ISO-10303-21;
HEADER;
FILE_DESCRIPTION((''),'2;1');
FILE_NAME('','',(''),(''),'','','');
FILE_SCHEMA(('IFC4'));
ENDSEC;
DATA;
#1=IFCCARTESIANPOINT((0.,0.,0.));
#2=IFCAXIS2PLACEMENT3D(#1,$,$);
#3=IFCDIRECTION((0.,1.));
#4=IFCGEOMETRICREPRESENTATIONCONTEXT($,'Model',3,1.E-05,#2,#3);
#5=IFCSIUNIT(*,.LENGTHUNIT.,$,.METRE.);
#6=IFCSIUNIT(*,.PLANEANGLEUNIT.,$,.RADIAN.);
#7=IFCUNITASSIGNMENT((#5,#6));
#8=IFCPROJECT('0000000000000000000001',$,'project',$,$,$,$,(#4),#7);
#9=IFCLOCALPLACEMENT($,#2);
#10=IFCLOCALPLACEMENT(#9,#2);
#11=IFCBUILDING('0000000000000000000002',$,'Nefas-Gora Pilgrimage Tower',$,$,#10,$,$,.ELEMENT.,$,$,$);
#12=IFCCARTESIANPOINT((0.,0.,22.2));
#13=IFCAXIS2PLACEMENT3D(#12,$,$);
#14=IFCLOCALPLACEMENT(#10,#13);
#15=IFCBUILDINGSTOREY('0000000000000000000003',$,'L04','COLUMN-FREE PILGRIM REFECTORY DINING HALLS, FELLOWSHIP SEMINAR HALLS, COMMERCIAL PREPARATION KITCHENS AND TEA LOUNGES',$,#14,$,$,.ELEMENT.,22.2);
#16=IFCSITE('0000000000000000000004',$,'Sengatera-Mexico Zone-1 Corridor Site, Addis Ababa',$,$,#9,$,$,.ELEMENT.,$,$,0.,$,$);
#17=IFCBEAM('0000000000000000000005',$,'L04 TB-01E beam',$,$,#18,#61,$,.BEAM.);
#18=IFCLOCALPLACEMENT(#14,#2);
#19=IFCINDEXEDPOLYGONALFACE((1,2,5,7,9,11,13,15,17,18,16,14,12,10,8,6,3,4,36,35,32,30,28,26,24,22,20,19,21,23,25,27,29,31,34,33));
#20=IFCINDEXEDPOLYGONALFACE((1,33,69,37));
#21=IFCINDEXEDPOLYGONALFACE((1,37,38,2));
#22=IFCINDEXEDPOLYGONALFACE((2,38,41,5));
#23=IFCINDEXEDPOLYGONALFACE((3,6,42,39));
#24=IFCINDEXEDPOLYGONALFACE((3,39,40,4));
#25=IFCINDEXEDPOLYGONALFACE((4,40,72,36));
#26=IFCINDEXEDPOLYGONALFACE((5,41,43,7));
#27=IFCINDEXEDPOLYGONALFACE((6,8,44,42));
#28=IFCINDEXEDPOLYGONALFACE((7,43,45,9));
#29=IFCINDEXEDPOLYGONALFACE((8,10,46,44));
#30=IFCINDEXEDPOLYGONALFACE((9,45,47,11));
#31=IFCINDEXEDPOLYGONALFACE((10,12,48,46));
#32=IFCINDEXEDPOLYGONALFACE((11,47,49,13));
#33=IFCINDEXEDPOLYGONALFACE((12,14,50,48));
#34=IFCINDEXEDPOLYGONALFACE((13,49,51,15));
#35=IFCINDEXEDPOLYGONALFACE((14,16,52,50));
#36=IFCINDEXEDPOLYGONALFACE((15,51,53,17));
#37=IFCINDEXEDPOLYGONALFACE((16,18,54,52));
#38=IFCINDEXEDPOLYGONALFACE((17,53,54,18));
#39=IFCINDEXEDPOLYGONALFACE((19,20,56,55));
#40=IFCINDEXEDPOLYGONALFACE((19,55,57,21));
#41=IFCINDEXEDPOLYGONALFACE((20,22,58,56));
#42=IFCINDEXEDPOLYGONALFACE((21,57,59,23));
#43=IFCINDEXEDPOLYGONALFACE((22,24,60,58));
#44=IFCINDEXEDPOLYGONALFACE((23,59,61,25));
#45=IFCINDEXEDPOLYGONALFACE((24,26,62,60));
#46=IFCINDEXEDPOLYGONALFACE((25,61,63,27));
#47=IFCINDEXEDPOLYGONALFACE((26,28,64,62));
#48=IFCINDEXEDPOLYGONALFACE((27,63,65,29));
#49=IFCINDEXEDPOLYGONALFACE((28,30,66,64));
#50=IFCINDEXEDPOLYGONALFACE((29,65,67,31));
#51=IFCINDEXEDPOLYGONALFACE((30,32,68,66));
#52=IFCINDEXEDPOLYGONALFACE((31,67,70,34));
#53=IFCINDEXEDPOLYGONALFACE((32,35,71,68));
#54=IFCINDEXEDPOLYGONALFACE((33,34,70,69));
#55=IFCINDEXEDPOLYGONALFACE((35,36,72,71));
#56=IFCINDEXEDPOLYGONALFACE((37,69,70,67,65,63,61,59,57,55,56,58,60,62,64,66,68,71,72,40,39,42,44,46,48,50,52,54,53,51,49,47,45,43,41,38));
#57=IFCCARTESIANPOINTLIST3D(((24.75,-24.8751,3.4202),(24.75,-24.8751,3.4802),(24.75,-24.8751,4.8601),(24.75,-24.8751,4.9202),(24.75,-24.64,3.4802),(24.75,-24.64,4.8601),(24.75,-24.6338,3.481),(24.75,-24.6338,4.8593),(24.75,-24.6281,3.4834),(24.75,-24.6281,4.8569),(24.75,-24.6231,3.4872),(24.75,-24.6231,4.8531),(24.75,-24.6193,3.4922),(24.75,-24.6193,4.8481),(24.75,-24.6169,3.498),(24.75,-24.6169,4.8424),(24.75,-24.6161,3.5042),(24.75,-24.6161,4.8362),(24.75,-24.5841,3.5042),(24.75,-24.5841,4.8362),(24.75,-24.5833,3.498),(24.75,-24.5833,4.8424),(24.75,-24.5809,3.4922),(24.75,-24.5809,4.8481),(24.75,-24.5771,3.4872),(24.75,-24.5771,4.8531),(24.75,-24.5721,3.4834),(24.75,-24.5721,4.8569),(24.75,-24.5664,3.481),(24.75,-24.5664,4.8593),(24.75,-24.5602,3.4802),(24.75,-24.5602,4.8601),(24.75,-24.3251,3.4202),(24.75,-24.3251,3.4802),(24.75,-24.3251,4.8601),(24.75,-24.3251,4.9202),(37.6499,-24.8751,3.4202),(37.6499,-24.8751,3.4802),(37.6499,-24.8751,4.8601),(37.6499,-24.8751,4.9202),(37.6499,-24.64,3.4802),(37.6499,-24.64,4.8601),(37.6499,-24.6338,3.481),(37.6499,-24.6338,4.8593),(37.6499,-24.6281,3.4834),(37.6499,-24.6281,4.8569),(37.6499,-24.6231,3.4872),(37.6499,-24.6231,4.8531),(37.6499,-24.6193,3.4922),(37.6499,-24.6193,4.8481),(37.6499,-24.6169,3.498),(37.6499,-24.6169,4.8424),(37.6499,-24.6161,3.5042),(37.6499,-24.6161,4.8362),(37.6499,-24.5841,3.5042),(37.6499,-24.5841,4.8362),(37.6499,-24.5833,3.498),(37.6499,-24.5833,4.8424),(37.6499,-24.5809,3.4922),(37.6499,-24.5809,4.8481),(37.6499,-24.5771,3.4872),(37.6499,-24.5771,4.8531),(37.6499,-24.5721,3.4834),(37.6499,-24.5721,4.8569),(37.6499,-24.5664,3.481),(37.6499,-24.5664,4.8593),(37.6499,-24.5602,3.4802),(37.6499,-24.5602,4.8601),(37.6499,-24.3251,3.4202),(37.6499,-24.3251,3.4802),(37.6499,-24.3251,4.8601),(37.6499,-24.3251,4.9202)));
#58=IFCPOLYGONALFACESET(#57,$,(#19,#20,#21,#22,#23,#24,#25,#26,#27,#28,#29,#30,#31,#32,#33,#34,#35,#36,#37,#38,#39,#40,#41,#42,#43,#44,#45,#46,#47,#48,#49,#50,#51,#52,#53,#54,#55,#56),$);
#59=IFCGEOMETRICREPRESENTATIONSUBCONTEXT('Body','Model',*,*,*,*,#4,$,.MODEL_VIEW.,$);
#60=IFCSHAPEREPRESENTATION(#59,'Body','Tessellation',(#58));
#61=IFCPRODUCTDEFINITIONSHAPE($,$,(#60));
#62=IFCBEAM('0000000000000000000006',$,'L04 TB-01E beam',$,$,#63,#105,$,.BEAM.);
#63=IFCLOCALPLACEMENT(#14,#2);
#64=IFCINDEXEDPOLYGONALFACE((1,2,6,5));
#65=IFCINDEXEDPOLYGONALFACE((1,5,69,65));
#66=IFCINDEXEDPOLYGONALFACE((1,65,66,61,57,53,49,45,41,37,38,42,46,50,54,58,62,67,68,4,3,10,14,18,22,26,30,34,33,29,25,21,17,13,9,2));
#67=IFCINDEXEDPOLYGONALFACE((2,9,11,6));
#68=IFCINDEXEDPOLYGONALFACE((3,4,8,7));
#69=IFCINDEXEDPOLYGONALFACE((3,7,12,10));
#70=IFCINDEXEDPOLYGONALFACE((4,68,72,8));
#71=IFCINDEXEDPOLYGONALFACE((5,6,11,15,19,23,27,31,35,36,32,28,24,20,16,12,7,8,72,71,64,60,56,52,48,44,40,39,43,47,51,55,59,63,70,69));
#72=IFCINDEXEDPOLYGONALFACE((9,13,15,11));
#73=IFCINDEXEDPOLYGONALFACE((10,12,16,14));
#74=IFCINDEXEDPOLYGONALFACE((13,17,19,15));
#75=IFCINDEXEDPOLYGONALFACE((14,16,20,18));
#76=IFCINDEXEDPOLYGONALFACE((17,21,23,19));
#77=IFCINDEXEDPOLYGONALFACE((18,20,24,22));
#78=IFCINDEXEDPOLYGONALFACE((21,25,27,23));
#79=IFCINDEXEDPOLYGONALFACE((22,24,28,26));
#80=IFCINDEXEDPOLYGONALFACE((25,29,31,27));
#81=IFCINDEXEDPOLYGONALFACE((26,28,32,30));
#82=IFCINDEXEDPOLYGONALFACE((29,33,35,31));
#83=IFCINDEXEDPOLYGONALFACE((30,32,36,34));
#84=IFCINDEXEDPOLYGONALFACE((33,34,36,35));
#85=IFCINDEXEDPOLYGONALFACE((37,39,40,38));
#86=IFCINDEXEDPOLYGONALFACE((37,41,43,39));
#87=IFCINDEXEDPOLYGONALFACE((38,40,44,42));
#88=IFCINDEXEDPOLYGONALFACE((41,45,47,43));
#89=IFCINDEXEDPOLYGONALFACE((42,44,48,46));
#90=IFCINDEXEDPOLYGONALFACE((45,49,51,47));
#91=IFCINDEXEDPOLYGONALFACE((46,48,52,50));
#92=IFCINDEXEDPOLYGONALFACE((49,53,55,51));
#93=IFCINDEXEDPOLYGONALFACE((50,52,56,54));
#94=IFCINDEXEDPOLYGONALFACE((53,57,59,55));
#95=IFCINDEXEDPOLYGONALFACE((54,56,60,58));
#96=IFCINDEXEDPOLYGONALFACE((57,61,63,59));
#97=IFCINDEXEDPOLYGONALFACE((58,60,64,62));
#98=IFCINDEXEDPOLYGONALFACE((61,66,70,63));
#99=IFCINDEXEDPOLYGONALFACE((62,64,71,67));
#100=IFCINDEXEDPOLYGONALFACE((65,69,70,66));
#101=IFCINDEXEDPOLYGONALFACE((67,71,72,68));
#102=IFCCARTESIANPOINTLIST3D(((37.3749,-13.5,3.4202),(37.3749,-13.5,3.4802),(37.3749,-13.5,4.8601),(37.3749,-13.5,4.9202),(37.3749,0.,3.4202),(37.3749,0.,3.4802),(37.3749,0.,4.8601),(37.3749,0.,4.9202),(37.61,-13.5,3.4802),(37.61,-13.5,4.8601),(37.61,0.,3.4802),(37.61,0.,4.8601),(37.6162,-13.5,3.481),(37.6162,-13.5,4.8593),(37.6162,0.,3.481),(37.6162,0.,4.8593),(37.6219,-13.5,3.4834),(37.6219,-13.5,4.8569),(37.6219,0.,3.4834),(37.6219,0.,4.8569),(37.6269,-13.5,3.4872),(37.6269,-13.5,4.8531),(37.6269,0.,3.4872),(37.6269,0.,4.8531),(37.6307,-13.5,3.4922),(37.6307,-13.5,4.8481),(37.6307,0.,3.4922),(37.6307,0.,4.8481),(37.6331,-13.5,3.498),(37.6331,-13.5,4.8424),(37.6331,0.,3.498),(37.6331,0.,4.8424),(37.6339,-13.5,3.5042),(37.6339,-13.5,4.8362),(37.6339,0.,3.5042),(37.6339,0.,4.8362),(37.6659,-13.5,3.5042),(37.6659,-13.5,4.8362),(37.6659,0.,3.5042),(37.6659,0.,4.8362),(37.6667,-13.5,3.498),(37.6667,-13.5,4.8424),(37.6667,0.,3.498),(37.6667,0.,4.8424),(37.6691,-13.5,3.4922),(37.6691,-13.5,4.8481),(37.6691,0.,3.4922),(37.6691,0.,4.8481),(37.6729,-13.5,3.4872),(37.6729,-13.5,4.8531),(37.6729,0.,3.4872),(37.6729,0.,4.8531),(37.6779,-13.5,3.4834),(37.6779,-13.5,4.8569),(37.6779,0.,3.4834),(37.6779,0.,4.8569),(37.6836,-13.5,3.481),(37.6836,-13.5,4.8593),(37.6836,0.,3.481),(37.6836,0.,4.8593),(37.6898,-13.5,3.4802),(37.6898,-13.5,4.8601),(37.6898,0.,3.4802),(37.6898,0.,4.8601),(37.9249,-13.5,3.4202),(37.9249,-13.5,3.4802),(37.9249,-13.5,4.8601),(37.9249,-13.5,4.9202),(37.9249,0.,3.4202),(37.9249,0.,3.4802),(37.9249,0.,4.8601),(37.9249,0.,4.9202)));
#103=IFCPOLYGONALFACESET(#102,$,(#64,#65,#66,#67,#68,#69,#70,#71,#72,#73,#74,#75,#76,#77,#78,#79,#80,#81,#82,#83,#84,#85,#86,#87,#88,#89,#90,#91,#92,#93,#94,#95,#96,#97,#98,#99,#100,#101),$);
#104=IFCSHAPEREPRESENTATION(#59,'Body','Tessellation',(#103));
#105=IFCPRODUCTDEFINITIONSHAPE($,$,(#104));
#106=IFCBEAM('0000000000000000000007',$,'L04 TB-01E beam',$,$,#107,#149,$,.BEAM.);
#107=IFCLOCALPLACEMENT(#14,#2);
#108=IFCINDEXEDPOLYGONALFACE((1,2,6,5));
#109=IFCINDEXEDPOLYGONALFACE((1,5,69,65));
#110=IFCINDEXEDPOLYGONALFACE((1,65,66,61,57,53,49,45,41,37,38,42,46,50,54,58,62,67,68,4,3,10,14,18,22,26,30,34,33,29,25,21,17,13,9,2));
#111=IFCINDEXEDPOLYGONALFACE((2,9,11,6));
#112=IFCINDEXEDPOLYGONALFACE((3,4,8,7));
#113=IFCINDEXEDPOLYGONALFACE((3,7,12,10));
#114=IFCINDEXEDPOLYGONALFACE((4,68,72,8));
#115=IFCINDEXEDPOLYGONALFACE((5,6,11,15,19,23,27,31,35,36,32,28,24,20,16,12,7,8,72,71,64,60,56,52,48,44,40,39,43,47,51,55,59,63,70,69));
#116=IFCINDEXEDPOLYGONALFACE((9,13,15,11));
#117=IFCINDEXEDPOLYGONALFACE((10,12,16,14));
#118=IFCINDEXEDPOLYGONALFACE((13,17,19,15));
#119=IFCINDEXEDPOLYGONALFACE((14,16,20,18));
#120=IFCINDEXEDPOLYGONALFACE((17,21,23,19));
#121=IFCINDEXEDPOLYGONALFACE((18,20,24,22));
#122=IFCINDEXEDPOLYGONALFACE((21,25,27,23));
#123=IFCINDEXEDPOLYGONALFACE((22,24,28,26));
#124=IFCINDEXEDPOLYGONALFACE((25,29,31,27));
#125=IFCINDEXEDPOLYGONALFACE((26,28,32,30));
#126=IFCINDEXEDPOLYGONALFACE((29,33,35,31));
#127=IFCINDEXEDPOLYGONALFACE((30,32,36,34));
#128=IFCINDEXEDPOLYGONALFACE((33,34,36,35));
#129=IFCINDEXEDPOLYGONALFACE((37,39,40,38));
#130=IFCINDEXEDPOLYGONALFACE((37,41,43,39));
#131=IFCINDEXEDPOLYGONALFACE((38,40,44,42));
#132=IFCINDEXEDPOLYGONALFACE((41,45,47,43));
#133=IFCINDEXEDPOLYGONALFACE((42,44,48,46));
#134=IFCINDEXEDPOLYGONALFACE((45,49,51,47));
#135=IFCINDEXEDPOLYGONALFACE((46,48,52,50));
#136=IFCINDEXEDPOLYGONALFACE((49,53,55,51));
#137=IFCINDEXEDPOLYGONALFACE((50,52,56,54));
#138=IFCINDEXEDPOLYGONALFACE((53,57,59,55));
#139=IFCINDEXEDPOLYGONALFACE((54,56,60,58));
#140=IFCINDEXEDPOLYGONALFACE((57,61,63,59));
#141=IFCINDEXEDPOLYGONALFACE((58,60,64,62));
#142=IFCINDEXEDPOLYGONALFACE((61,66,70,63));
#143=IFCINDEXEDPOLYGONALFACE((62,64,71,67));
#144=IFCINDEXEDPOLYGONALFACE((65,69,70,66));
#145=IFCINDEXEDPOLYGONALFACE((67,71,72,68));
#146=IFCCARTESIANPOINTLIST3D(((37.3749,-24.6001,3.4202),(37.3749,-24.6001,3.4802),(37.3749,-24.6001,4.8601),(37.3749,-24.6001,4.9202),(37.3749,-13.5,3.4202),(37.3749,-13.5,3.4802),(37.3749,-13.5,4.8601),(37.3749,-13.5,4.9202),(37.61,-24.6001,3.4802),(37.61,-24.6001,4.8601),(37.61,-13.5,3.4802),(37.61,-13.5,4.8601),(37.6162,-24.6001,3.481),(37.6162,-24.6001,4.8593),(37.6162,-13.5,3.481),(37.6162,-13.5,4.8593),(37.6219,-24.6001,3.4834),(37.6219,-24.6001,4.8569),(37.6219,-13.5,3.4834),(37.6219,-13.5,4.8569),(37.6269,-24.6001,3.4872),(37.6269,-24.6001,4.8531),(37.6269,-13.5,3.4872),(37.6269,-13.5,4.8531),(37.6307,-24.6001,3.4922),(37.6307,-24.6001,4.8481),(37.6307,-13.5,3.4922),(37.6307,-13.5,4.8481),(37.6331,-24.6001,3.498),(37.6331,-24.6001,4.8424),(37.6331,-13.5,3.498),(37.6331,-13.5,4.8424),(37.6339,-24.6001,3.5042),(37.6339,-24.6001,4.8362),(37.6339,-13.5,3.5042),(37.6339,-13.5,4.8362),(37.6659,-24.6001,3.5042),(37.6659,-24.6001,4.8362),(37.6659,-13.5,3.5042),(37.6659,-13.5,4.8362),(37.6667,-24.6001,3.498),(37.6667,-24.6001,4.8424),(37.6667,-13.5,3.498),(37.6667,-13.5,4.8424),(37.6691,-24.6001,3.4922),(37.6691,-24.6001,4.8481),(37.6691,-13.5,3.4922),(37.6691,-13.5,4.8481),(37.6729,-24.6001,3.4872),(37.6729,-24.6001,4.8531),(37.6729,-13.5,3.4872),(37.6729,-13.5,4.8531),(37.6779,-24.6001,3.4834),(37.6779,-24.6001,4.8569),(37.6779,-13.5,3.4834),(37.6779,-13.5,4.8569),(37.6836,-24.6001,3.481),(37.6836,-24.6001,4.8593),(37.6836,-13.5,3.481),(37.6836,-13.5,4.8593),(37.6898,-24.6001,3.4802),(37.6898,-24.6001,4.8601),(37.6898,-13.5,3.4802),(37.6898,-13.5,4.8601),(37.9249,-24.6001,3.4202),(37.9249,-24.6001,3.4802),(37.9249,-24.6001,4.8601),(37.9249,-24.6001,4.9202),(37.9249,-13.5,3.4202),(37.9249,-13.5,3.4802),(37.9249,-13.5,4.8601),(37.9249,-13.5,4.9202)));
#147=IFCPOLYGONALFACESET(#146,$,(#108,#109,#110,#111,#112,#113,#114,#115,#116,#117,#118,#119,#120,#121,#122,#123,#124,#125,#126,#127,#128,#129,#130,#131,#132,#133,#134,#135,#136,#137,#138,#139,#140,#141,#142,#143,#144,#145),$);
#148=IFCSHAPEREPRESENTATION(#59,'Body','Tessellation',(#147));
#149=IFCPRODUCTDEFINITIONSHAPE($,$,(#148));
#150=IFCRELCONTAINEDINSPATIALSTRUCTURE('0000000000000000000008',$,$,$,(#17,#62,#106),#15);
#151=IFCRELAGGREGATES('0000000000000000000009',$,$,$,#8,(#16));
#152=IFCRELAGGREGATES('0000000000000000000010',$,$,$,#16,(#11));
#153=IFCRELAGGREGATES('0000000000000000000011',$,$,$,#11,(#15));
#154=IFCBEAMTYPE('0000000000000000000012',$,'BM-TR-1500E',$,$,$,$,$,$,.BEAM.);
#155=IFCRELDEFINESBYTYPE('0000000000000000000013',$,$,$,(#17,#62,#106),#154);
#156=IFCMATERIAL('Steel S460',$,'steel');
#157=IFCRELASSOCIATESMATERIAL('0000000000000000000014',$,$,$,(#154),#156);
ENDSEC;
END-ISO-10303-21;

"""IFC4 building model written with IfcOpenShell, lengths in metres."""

from ifc_helpers import new_model, si_unit, direction, frame, origin, origin_2d, place, context, subcontext, project, spatial, i_section, extrude, source, transform, mapped, material, material_profile, profile_set, type_object, element, save


model = new_model("IFC4")

# Units and contexts
model_context = context("Model", 3, precision=1e-05, world=origin(), true_north=direction((0.0, 1.0)))
body_context = subcontext(model_context, "Body", "Model", "MODEL_VIEW")
ifc_project = project(units=[si_unit("LENGTHUNIT", "METRE"), si_unit("PLANEANGLEUNIT", "RADIAN")], contexts=[model_context])

# Site, building, storey
site_placement = place(None, origin())
site = spatial("IfcSite", under=ifc_project, at=site_placement, Name="Sengatera-Mexico Zone-1 Corridor Site, Addis Ababa", CompositionType="ELEMENT", RefElevation=0.0)
building_placement = place(site_placement, origin())
building = spatial("IfcBuilding", under=site, at=building_placement, Name="Nefas-Gora Pilgrimage Tower", CompositionType="ELEMENT")
storey_placement = place(building_placement, frame((0.0, 0.0, 22.2)))
storey = spatial("IfcBuildingStorey", under=building, at=storey_placement, Name="L04", Description="COLUMN-FREE PILGRIM REFECTORY DINING HALLS, FELLOWSHIP SEMINAR HALLS, COMMERCIAL PREPARATION KITCHENS AND TEA LOUNGES", CompositionType="ELEMENT", Elevation=22.2)

# Shared definitions
ifc_material_1 = material(Name="Steel S460", Category="steel")

# Beams
ifc_material_profile_1 = material_profile(ifc_material_1, i_section(OverallWidth=0.55, OverallDepth=1.5, WebThickness=0.032, FlangeThickness=0.0601, FilletRadius=0.0239, at=origin_2d()), Name="WPG 1500x550x32x60")
ifc_profile_set_1 = profile_set([ifc_material_profile_1], Name="Steel S460")
beam_type_1 = type_object("IfcBeamType", Name="BM-TR-1500E", PredefinedType="BEAM", material=ifc_profile_set_1)
shared_shape_1 = source(origin(), body_context, "Body", "SweptSolid", [
    extrude(i_section(OverallWidth=0.55, OverallDepth=1.5, WebThickness=0.032, FlangeThickness=0.0601, FilletRadius=0.0239, at=origin_2d()), origin(), (0.0, 0.0, 1.0), 12.8999),
])
beam_1_placement = place(storey_placement, frame((24.75, -24.6001, 4.1702), z_axis=(1.0, 0.0, 0.0), x_axis=(0.0, 1.0, 0.0)))
element("IfcBeam", 1, at=beam_1_placement, inside=storey, type_object=beam_type_1, Name="L04 TB-01E beam", PredefinedType="BEAM", context=body_context, shape_type="MappedRepresentation", body=[
    mapped(shared_shape_1, transform((0.0, 0.0, 0.0), x_axis=(1.0, 0.0, 0.0), y_axis=(0.0, 1.0, 0.0), z_axis=(0.0, 0.0, 1.0), scale=1.0)),
])
shared_shape_2 = source(origin(), body_context, "Body", "SweptSolid", [
    extrude(i_section(OverallWidth=0.55, OverallDepth=1.5, WebThickness=0.032, FlangeThickness=0.0601, FilletRadius=0.0239, at=origin_2d()), origin(), (0.0, 0.0, 1.0), 13.5),
])
beam_2_placement = place(storey_placement, frame((37.6499, -13.5, 4.1702), z_axis=(0.0, 1.0, 0.0), x_axis=(-1.0, 0.0, 0.0)))
element("IfcBeam", 2, at=beam_2_placement, inside=storey, type_object=beam_type_1, Name="L04 TB-01E beam", PredefinedType="BEAM", context=body_context, shape_type="MappedRepresentation", body=[
    mapped(shared_shape_2, transform((0.0, 0.0, 0.0), x_axis=(1.0, 0.0, 0.0), y_axis=(0.0, 1.0, 0.0), z_axis=(0.0, 0.0, 1.0), scale=1.0)),
])
shared_shape_3 = source(origin(), body_context, "Body", "SweptSolid", [
    extrude(i_section(OverallWidth=0.55, OverallDepth=1.5, WebThickness=0.032, FlangeThickness=0.0601, FilletRadius=0.0239, at=origin_2d()), origin(), (0.0, 0.0, 1.0), 11.1001),
])
beam_3_placement = place(storey_placement, frame((37.6499, -24.6001, 4.1702), z_axis=(0.0, 1.0, 0.0), x_axis=(-1.0, 0.0, 0.0)))
element("IfcBeam", 3, at=beam_3_placement, inside=storey, type_object=beam_type_1, Name="L04 TB-01E beam", PredefinedType="BEAM", context=body_context, shape_type="MappedRepresentation", body=[
    mapped(shared_shape_3, transform((0.0, 0.0, 0.0), x_axis=(1.0, 0.0, 0.0), y_axis=(0.0, 1.0, 0.0), z_axis=(0.0, 0.0, 1.0), scale=1.0)),
])

save(model, "model.ifc")
